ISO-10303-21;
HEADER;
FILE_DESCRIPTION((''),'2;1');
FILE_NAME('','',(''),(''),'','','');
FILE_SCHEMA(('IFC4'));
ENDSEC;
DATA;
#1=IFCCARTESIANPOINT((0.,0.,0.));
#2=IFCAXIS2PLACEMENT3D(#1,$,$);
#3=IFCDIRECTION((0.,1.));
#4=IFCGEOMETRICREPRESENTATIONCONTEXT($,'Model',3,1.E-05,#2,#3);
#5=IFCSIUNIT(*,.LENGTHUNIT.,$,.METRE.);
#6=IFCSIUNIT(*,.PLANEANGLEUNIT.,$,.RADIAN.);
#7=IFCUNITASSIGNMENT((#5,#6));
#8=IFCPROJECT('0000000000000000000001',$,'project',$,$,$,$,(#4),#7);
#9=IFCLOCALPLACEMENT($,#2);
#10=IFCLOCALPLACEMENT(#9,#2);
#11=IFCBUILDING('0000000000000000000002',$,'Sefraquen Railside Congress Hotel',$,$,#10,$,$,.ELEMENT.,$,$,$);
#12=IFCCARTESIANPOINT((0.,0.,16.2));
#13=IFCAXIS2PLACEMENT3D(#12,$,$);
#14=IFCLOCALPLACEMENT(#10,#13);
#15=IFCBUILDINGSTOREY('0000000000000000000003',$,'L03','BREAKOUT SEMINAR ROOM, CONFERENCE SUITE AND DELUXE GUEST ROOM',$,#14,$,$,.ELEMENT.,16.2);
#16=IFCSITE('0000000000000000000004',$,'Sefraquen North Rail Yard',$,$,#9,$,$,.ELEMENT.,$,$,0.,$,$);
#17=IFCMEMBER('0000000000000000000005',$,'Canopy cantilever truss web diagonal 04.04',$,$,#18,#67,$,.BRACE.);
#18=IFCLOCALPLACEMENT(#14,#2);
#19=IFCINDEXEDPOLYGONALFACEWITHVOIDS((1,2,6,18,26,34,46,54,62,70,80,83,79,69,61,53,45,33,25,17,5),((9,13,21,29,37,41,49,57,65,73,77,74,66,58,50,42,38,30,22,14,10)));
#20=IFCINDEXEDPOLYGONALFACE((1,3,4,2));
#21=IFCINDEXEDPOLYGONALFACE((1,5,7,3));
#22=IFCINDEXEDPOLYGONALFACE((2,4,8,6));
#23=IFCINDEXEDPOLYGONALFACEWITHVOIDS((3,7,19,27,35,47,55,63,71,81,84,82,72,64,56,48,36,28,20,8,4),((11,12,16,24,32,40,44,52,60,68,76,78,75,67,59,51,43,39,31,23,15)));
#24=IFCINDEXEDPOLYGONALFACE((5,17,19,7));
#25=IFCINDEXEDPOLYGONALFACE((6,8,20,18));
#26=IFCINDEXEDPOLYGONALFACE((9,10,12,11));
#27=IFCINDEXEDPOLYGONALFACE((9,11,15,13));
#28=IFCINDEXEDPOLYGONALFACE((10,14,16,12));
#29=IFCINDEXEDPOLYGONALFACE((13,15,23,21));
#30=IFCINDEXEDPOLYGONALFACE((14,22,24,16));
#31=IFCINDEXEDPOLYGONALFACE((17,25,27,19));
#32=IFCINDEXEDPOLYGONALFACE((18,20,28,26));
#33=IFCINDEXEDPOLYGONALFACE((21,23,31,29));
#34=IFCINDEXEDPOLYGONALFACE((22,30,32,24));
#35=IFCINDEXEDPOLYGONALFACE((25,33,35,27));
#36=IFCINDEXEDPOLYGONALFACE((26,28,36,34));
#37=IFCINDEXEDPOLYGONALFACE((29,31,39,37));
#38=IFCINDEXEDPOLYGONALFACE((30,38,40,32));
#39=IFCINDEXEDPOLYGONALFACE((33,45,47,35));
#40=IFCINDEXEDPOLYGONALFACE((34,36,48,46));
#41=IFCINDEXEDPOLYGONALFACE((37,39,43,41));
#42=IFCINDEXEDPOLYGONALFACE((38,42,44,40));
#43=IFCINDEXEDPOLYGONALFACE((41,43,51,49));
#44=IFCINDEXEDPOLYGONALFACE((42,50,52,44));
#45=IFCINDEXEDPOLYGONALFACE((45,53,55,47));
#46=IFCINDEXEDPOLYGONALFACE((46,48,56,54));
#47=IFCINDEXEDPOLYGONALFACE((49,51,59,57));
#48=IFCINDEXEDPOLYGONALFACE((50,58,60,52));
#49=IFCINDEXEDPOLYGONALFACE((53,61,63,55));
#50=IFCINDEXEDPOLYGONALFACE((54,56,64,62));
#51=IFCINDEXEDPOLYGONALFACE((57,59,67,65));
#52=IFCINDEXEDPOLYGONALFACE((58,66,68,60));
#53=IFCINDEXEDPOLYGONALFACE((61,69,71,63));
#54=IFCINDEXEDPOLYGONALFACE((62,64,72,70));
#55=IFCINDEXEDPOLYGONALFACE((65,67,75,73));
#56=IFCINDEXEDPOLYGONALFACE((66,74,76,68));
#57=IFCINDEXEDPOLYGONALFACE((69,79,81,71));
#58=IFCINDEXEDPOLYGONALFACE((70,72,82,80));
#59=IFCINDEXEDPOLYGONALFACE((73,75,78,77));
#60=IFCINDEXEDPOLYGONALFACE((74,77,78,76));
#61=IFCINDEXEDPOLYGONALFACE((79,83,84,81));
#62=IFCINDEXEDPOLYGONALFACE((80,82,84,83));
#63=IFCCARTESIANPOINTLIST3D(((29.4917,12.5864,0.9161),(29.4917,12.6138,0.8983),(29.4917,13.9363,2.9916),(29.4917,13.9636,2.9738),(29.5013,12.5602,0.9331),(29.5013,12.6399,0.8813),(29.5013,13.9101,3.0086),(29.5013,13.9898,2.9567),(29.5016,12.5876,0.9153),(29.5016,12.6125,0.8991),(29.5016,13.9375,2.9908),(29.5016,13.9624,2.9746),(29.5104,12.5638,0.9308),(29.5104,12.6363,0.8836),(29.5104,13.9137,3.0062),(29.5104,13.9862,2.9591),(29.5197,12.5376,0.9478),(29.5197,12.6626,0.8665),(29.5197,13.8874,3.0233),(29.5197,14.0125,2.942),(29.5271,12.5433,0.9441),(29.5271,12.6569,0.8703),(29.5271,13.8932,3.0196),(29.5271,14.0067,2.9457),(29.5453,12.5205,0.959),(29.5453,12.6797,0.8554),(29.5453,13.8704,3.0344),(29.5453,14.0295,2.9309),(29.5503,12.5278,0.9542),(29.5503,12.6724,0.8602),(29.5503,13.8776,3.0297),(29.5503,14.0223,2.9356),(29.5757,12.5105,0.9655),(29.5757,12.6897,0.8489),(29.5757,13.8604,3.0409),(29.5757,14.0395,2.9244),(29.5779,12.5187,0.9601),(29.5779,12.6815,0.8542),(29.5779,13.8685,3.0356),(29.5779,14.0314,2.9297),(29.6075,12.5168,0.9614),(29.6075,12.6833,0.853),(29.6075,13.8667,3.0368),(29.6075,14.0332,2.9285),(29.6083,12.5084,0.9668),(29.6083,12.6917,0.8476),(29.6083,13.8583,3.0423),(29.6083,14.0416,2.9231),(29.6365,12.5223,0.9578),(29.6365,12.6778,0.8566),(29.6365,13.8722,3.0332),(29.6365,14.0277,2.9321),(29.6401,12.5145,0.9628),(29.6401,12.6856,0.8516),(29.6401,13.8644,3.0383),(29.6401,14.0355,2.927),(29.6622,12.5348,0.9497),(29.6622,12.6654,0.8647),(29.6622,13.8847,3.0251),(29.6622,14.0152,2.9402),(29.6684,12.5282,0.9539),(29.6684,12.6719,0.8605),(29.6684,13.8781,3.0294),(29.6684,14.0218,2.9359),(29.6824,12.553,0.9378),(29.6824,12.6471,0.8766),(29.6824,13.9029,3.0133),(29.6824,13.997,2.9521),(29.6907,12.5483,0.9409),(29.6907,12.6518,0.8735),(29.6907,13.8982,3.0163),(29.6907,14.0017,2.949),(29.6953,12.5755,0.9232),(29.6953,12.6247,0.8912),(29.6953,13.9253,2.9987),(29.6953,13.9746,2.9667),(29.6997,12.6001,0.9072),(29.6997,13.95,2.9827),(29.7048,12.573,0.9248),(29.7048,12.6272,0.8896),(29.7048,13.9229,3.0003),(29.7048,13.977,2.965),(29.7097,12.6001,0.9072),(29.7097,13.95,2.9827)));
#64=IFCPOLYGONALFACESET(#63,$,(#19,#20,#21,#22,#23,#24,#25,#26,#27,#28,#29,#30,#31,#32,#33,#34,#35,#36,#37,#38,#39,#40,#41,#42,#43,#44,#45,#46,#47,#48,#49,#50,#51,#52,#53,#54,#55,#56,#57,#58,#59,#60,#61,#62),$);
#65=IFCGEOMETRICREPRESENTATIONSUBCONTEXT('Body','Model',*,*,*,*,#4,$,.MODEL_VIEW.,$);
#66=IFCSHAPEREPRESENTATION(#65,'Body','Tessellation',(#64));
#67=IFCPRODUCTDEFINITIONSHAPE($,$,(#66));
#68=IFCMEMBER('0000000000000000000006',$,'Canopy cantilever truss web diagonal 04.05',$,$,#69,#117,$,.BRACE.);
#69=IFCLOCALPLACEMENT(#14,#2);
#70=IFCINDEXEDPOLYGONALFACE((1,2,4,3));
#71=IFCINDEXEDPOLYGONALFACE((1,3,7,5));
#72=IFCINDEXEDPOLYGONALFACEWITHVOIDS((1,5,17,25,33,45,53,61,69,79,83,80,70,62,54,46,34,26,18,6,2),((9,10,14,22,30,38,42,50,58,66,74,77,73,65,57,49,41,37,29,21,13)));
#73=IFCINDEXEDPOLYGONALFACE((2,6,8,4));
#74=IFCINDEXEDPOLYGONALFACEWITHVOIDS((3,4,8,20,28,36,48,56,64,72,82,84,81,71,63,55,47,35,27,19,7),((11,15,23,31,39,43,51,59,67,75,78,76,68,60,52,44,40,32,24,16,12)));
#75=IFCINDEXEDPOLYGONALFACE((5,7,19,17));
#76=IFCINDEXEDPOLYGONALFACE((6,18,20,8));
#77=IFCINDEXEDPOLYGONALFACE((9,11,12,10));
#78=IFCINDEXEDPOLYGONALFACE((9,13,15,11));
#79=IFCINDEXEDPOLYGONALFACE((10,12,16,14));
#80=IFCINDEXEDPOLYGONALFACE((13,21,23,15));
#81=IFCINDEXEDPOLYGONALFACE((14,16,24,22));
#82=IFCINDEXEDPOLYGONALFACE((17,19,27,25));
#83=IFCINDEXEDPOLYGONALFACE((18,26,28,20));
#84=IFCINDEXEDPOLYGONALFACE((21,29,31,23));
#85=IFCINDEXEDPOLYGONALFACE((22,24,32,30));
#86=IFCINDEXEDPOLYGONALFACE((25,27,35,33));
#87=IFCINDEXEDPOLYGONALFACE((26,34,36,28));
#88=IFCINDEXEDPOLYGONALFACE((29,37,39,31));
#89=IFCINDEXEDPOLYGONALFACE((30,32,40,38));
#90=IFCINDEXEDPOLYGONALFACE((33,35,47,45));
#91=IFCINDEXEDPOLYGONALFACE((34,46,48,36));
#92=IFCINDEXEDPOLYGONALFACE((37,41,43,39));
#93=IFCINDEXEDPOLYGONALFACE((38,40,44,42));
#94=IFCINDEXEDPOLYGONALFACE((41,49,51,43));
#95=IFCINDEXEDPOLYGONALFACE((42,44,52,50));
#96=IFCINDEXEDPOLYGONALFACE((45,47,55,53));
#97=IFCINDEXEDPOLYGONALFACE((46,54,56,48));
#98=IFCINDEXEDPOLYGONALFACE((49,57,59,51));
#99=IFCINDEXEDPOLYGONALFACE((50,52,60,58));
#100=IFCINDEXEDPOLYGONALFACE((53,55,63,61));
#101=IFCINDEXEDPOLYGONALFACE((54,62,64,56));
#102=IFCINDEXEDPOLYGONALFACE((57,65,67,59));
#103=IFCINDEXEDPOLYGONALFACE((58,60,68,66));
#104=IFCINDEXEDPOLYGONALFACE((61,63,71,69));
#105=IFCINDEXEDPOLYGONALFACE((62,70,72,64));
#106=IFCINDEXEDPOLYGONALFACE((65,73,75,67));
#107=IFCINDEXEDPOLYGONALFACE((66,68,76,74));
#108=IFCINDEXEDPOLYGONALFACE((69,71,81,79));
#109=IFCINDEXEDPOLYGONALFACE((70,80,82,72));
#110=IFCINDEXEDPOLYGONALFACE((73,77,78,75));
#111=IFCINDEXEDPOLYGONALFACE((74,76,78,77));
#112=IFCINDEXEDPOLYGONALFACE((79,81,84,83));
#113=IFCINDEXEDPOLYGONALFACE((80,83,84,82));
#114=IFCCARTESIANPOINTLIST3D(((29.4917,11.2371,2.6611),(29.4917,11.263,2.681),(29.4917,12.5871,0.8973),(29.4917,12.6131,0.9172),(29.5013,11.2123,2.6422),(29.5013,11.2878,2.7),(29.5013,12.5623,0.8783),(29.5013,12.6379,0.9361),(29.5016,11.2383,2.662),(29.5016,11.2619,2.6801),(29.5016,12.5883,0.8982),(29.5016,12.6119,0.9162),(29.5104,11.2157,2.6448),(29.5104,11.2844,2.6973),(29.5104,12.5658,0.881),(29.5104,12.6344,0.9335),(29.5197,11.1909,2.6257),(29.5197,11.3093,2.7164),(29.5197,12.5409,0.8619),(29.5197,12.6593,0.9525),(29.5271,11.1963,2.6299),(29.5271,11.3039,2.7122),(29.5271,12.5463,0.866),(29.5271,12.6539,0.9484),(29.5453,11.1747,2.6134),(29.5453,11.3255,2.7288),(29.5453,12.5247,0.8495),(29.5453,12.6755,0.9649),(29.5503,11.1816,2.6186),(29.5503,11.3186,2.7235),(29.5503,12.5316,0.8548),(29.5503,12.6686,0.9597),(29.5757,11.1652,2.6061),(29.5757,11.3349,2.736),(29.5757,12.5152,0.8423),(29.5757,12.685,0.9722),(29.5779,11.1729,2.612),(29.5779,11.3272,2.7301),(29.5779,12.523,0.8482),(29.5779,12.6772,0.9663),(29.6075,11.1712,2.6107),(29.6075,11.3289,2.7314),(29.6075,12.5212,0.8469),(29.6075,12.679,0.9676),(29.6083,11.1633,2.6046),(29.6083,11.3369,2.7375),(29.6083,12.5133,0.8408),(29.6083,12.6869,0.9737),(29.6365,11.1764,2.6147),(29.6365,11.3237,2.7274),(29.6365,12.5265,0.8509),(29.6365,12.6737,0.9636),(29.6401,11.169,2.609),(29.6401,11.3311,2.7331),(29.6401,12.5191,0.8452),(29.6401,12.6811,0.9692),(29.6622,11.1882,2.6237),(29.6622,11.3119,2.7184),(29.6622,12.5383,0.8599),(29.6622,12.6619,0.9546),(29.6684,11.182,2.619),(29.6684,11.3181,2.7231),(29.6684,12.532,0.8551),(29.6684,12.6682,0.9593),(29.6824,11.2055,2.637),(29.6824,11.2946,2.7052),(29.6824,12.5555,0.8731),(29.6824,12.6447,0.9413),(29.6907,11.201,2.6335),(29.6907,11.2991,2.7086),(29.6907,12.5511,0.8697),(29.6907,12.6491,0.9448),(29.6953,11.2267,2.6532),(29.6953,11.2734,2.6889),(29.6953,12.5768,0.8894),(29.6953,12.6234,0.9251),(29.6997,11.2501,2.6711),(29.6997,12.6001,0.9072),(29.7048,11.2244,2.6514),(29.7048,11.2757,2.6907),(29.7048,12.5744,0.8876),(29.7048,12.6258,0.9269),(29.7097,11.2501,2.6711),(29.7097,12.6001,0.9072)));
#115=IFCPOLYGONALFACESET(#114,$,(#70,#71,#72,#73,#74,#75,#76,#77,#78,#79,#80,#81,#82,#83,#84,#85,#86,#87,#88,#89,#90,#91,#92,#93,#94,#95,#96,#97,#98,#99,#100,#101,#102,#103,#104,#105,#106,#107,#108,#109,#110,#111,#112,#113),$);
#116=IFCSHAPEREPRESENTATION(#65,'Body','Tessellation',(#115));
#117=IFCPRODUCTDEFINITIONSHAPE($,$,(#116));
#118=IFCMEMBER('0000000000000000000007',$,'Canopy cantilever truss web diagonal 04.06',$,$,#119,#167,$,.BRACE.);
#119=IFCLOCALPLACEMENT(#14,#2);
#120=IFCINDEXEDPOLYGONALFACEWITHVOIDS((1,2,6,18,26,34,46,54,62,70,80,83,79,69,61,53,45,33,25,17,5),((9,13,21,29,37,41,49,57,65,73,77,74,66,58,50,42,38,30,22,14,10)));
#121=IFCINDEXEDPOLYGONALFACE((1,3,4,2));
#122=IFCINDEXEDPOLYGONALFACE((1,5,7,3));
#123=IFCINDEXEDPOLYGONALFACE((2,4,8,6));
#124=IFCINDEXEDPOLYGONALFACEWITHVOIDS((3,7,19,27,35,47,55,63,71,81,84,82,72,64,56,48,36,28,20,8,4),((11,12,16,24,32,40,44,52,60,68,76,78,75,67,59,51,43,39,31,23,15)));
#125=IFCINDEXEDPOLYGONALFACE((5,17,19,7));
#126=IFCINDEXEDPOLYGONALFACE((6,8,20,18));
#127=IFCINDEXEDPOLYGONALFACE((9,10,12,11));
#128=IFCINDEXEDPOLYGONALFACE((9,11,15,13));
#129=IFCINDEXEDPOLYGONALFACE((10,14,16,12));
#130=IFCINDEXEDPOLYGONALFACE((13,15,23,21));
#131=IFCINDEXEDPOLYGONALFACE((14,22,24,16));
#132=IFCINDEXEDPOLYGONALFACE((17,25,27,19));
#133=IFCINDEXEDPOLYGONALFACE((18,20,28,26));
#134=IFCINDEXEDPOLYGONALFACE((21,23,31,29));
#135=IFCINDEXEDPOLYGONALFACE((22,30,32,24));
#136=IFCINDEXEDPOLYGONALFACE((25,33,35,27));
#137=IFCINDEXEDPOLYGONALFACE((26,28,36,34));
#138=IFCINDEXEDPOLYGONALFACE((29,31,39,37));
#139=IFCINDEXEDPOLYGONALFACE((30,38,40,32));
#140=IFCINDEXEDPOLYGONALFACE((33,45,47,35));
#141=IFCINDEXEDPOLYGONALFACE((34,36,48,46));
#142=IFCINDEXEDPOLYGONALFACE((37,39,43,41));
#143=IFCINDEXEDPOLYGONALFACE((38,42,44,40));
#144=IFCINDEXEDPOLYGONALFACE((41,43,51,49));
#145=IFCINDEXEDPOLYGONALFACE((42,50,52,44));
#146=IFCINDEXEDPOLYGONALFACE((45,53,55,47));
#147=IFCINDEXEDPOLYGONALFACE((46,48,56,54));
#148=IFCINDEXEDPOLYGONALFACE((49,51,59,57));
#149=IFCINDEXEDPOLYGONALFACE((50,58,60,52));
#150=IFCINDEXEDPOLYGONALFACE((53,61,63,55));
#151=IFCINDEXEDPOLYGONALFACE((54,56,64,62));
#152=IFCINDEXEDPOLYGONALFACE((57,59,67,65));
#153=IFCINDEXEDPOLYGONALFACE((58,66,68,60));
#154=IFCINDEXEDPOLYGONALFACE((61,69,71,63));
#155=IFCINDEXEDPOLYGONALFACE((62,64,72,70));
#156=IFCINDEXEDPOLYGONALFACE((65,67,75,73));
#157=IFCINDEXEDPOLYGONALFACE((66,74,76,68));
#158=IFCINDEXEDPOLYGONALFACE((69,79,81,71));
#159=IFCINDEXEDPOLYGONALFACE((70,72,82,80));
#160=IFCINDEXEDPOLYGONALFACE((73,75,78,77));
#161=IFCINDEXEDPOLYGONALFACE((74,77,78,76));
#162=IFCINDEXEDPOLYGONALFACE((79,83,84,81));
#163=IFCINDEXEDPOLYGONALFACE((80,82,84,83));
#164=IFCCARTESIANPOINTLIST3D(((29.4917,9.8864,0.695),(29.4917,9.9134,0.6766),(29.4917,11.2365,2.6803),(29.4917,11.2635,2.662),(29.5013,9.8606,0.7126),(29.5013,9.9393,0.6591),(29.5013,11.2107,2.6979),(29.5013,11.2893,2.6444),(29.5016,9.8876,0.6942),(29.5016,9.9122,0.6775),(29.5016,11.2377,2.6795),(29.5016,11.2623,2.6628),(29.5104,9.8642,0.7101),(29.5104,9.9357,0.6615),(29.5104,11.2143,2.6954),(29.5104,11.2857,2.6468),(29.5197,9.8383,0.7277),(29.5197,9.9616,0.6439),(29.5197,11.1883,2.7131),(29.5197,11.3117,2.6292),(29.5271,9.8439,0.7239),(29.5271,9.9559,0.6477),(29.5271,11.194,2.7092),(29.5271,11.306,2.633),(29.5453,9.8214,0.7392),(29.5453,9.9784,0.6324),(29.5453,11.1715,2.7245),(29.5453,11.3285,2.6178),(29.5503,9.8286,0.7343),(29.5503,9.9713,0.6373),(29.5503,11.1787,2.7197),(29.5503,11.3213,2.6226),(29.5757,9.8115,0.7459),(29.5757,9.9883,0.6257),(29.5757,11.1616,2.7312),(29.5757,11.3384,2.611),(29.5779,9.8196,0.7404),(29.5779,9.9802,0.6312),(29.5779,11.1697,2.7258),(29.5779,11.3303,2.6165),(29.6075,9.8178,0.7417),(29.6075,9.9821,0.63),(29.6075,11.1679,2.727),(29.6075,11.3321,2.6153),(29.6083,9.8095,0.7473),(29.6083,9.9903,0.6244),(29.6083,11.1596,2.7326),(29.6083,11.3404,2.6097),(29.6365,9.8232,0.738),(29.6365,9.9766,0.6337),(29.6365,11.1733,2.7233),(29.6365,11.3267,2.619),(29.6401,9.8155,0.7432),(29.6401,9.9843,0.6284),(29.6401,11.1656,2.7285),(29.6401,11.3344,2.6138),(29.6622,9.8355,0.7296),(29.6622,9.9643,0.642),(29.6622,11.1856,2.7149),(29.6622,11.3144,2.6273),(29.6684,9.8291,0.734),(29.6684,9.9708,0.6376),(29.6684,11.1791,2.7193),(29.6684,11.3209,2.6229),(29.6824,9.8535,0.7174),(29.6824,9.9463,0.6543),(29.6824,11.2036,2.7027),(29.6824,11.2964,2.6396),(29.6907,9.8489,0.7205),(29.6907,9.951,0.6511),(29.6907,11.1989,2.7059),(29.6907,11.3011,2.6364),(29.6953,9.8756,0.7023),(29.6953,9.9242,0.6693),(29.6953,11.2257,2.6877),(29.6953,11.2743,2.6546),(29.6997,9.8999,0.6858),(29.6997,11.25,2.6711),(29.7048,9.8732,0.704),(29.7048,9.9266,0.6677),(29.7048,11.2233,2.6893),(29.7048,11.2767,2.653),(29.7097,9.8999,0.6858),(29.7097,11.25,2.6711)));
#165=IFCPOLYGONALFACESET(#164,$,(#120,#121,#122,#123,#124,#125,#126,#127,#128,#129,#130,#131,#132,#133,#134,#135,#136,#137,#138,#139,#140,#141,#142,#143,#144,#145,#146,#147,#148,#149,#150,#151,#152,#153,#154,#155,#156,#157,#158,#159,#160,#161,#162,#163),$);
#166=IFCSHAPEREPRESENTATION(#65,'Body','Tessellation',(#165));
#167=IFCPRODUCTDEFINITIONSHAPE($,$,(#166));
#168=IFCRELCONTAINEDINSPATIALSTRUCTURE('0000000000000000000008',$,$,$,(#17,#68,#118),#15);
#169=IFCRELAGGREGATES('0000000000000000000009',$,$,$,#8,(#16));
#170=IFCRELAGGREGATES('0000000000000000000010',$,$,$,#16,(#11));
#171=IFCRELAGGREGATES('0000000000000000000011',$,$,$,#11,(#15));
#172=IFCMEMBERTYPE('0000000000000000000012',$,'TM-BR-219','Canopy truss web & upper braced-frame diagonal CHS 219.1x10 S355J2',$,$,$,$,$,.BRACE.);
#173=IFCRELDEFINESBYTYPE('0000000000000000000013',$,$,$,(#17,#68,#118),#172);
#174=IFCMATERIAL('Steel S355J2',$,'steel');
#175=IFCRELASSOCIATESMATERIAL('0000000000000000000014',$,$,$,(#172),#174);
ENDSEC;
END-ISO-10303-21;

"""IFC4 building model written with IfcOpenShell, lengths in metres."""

from ifc_helpers import new_model, si_unit, direction, frame, origin, origin_2d, place, context, subcontext, project, spatial, hollow_circle, extrude, material, material_profile, profile_set, type_object, element, save


model = new_model("IFC4")

# Units and contexts
model_context = context("Model", 3, precision=1e-05, world=origin(), true_north=direction((0.0, 1.0)))
body_context = subcontext(model_context, "Body", "Model", "MODEL_VIEW")
ifc_project = project(units=[si_unit("LENGTHUNIT", "METRE"), si_unit("PLANEANGLEUNIT", "RADIAN")], contexts=[model_context])

# Site, building, storey
site_placement = place(None, origin())
site = spatial("IfcSite", under=ifc_project, at=site_placement, Name="Sefraquen North Rail Yard", CompositionType="ELEMENT", RefElevation=0.0)
building_placement = place(site_placement, origin())
building = spatial("IfcBuilding", under=site, at=building_placement, Name="Sefraquen Railside Congress Hotel", CompositionType="ELEMENT")
storey_placement = place(building_placement, frame((0.0, 0.0, 16.2)))
storey = spatial("IfcBuildingStorey", under=building, at=storey_placement, Name="L03", Description="BREAKOUT SEMINAR ROOM, CONFERENCE SUITE AND DELUXE GUEST ROOM", CompositionType="ELEMENT", Elevation=16.2)

# Members
ifc_material = material(Name="Steel S355J2", Category="steel")
ifc_material_profile = material_profile(ifc_material, hollow_circle(Radius=0.1096, WallThickness=0.01, at=origin_2d()), Name="CHS 219.1x10")
ifc_profile_set = profile_set([ifc_material_profile], Name="Steel S355J2")
member_type = type_object("IfcMemberType", Name="TM-BR-219", Description="Canopy truss web & upper braced-frame diagonal CHS 219.1x10 S355J2", PredefinedType="BRACE", material=ifc_profile_set)
member_1_placement = place(storey_placement, frame((29.6001, 13.95, 2.9827), z_axis=(0.0, -0.545221, -0.838293), x_axis=(1.0, 0.0, 0.0)))
element("IfcMember", 1, at=member_1_placement, inside=storey, type_object=member_type, Name="Canopy cantilever truss web diagonal 04.04", PredefinedType="BRACE", context=body_context, shape_type="SweptSolid", body=[
    extrude(hollow_circle(Radius=0.1096, WallThickness=0.01, at=origin_2d()), origin(), (0.0, 0.0, 1.0), 2.4758),
])
member_2_placement = place(storey_placement, frame((29.6001, 12.6001, 0.9072), z_axis=(0.0, -0.607797, 0.794093), x_axis=(1.0, 0.0, 0.0)))
element("IfcMember", 2, at=member_2_placement, inside=storey, type_object=member_type, Name="Canopy cantilever truss web diagonal 04.05", PredefinedType="BRACE", context=body_context, shape_type="SweptSolid", body=[
    extrude(hollow_circle(Radius=0.1096, WallThickness=0.01, at=origin_2d()), origin(), (0.0, 0.0, 1.0), 2.2212),
])
member_3_placement = place(storey_placement, frame((29.6001, 11.25, 2.6711), z_axis=(0.0, -0.562327, -0.826915), x_axis=(1.0, 0.0, 0.0)))
element("IfcMember", 3, at=member_3_placement, inside=storey, type_object=member_type, Name="Canopy cantilever truss web diagonal 04.06", PredefinedType="BRACE", context=body_context, shape_type="SweptSolid", body=[
    extrude(hollow_circle(Radius=0.1096, WallThickness=0.01, at=origin_2d()), origin(), (0.0, 0.0, 1.0), 2.4009),
])

save(model, "model.ifc")
